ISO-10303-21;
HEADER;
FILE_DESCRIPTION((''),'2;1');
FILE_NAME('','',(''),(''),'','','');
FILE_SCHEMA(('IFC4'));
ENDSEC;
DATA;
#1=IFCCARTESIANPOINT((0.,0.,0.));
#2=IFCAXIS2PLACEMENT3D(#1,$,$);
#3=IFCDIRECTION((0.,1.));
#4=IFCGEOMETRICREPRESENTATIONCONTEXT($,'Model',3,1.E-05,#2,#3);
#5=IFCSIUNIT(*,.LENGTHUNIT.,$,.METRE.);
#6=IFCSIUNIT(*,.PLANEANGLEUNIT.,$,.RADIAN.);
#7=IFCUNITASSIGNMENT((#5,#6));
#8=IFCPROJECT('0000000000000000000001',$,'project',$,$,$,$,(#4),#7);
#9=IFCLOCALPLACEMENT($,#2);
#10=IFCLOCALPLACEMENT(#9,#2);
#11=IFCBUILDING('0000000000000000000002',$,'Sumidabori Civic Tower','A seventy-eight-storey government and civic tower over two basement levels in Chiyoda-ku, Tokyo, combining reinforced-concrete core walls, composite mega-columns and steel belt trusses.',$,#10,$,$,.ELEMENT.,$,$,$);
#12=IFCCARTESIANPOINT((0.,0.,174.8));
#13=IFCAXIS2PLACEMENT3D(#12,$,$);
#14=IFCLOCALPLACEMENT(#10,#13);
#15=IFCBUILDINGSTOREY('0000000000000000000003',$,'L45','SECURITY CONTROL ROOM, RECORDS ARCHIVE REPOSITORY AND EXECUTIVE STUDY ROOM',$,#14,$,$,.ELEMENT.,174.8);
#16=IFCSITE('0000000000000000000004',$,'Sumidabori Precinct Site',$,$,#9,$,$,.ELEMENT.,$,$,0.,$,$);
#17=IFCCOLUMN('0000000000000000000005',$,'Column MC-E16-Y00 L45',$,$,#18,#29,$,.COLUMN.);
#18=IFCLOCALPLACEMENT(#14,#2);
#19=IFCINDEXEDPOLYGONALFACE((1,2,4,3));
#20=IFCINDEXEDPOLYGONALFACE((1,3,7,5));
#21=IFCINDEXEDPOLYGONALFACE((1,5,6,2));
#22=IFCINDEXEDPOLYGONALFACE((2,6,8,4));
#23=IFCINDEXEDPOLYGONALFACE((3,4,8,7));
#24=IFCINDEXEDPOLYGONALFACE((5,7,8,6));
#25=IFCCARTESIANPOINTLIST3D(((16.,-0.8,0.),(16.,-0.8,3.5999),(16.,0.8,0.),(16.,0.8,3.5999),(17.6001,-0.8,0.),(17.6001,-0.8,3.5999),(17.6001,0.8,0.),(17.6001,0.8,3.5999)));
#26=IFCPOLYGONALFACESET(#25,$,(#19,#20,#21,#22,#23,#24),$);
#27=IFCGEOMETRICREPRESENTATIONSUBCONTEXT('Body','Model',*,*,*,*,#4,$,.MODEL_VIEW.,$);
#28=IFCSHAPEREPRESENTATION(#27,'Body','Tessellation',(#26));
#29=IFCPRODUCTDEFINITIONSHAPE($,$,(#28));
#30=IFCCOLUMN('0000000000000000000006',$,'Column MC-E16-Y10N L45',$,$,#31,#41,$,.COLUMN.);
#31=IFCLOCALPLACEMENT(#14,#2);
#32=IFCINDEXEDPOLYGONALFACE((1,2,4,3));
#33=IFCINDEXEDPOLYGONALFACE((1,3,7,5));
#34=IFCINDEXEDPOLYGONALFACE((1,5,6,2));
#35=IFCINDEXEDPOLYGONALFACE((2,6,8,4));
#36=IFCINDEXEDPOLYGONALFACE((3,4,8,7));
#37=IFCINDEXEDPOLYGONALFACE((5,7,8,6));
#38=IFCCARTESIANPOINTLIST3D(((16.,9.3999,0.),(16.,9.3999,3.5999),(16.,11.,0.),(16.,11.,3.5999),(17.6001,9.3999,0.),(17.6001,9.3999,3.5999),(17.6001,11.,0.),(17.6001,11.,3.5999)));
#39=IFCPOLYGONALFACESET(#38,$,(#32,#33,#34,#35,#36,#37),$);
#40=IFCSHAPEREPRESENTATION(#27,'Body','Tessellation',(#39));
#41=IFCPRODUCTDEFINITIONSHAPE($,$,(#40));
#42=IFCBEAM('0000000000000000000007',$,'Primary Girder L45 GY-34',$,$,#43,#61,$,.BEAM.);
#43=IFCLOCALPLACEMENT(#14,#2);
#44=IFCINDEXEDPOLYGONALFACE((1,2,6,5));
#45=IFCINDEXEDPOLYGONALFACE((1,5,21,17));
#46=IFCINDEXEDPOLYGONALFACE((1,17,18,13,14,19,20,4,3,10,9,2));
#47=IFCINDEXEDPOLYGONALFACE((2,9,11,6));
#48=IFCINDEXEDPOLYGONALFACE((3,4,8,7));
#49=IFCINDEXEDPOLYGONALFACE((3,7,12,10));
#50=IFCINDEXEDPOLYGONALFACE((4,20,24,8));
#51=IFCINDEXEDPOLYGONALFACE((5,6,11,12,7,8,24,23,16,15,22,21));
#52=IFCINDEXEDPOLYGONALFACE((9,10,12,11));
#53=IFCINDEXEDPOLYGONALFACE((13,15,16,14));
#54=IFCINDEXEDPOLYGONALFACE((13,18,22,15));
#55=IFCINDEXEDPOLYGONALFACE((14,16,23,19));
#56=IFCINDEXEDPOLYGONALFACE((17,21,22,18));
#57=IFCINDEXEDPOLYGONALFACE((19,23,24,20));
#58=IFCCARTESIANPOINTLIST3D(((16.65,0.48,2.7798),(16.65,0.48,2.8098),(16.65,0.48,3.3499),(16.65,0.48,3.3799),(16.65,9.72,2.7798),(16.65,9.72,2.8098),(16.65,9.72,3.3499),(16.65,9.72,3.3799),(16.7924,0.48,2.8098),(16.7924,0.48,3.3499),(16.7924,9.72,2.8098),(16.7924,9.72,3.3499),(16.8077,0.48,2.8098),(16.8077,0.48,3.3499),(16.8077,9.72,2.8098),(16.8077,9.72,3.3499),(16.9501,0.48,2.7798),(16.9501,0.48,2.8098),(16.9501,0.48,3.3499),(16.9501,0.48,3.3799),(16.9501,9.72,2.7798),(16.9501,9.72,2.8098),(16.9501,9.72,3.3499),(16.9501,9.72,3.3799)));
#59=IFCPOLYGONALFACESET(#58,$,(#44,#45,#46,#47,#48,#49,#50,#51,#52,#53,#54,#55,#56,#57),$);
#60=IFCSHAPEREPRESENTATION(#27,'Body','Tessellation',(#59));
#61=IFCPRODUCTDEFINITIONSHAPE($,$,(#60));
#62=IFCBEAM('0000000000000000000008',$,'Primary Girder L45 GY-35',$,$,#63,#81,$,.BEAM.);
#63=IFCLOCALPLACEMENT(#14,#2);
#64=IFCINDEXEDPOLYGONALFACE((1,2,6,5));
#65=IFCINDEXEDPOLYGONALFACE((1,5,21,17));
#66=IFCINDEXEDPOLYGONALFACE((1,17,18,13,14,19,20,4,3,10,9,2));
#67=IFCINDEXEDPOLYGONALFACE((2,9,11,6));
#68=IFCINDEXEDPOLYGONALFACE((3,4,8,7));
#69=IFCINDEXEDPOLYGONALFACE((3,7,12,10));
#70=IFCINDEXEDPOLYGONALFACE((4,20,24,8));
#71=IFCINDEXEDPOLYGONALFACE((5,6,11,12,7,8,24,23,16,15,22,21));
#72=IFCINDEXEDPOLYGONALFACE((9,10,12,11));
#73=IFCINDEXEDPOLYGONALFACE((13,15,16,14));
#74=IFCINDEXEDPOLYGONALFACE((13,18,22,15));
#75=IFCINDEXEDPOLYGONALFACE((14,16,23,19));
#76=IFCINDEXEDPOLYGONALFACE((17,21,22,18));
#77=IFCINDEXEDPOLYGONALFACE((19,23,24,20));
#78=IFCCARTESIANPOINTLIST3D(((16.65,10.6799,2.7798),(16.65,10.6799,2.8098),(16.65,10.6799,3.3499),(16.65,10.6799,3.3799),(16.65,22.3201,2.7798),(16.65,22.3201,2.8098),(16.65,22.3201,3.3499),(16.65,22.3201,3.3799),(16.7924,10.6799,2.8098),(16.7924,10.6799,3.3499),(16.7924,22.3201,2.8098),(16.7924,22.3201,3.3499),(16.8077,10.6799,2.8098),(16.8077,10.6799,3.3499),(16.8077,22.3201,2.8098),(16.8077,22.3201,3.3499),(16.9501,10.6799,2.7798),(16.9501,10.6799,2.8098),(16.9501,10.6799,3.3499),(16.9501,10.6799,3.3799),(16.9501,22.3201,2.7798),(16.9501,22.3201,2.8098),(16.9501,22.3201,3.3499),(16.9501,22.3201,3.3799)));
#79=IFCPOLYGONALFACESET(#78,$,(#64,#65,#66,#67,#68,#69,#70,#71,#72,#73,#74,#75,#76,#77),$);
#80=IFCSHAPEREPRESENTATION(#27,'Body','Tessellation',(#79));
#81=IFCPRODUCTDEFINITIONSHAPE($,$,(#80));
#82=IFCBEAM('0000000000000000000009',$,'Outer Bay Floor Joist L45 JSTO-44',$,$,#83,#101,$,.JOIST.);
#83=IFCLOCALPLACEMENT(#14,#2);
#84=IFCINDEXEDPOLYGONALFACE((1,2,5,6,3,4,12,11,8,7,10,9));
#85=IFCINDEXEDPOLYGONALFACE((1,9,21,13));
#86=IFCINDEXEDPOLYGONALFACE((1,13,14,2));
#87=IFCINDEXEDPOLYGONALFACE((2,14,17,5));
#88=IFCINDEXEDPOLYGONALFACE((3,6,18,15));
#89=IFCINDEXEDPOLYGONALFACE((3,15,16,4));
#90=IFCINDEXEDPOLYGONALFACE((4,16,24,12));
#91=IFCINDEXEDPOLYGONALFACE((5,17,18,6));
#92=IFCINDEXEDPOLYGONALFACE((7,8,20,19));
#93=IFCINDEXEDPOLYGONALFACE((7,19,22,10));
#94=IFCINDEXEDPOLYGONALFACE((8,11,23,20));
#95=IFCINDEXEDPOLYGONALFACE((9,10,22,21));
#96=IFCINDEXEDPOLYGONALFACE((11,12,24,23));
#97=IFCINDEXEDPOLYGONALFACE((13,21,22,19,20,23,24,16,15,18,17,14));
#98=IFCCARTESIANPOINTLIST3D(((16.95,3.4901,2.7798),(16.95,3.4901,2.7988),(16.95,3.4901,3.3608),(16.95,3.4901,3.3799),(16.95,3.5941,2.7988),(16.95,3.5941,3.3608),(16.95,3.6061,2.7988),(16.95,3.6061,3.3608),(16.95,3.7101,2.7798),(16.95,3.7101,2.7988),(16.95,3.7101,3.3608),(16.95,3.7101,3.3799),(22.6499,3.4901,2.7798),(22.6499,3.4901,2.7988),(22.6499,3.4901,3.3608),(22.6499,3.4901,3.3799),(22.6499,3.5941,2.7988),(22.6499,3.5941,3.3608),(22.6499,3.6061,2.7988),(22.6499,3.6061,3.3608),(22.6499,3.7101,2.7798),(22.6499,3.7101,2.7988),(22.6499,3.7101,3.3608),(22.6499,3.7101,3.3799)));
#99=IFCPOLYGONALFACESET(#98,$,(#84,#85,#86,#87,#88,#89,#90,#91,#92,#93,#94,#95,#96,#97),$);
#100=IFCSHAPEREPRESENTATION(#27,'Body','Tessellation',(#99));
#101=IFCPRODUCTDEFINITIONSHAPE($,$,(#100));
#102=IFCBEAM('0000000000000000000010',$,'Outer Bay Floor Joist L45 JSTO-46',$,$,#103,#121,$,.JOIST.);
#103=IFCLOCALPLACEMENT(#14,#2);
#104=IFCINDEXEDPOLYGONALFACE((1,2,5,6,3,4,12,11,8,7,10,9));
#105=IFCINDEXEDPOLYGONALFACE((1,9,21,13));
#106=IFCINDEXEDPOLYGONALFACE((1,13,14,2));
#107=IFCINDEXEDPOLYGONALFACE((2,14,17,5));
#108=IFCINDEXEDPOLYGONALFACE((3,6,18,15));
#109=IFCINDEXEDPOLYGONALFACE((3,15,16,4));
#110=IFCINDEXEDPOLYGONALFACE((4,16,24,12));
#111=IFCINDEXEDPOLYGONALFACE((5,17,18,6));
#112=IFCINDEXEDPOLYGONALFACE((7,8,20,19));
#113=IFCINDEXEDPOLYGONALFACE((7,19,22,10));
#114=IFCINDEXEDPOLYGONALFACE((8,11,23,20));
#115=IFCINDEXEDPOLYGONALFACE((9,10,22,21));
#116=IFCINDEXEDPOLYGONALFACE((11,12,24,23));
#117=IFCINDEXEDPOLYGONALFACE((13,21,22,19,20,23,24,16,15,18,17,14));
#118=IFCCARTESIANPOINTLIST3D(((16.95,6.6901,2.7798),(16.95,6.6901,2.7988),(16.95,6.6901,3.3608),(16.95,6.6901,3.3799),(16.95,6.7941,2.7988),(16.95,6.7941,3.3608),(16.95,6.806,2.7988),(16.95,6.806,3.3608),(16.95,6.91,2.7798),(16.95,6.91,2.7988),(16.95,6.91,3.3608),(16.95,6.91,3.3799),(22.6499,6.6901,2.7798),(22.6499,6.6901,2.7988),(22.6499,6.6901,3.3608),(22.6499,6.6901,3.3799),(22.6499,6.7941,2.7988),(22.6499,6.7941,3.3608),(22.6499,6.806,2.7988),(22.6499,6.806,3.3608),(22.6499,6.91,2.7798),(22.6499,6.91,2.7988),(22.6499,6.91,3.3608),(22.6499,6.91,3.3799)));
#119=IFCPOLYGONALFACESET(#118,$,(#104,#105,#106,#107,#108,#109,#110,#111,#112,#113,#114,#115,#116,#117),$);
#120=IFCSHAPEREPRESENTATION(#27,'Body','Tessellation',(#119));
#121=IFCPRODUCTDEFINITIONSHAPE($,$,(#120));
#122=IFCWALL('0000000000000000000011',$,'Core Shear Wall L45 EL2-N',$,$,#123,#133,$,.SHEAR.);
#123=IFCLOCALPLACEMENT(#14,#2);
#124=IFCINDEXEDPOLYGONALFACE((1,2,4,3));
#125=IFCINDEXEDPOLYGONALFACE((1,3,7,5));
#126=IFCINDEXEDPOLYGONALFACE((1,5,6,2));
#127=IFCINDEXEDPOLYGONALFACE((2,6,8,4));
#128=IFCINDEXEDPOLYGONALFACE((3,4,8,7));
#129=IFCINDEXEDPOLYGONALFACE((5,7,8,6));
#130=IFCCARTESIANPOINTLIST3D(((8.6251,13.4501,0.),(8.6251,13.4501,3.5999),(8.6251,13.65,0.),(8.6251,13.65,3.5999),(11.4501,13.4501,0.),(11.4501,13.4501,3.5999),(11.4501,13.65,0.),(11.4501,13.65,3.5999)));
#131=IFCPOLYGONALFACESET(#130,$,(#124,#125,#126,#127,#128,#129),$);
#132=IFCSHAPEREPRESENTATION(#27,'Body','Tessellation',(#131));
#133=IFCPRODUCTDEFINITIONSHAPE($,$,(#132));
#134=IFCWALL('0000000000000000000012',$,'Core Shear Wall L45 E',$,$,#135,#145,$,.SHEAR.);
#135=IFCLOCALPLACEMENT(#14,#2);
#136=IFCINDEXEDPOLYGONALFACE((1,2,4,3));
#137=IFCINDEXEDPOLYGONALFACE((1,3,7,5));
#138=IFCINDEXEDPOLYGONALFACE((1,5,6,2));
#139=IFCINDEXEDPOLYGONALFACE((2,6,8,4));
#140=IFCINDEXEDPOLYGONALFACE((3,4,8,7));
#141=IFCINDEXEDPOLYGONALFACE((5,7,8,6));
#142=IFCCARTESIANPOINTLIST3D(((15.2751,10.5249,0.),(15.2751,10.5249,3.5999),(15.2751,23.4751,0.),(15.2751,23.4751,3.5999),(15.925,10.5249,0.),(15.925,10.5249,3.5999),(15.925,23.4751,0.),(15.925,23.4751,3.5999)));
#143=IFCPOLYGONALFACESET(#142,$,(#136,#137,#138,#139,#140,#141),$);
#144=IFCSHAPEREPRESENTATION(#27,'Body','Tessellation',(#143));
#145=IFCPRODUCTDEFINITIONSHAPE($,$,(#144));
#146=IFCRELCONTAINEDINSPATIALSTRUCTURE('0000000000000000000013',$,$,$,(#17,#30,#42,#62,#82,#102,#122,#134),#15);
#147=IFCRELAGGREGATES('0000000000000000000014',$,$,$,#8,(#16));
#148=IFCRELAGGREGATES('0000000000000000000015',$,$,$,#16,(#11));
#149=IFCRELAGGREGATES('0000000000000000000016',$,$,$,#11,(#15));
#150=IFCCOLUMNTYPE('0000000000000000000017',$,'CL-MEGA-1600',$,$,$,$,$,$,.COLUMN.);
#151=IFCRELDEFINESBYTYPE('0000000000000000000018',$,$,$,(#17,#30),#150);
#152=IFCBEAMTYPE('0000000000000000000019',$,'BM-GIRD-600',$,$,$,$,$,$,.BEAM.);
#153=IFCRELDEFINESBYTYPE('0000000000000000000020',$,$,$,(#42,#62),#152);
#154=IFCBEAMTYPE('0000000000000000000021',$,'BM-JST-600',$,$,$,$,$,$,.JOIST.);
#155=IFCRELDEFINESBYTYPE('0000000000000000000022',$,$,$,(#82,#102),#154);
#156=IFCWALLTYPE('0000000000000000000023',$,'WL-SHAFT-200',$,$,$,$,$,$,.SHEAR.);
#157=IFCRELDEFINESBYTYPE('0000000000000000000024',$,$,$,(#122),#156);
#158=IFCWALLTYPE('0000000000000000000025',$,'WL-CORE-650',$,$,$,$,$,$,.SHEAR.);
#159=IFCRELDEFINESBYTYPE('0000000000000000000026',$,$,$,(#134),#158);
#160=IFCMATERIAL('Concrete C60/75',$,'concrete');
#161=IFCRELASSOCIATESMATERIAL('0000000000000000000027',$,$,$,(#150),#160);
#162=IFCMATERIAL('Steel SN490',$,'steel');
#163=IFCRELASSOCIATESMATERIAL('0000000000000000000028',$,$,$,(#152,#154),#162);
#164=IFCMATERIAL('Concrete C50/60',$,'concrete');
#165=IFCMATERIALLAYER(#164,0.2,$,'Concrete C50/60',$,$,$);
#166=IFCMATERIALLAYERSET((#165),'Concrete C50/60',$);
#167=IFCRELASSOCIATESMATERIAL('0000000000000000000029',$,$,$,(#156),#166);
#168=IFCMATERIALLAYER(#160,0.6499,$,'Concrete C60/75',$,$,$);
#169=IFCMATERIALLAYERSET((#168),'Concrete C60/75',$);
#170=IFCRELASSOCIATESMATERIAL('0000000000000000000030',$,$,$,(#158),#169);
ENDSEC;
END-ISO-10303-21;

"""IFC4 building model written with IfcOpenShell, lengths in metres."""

from ifc_helpers import new_model, si_unit, direction, frame, frame_2d, origin, origin_2d, place, context, subcontext, project, spatial, rectangle, i_section, extrude, source, transform, mapped, material, layer, layer_set, material_profile, profile_set, type_object, element, save


model = new_model("IFC4")

# Units and contexts
model_context = context("Model", 3, precision=1e-05, world=origin(), true_north=direction((0.0, 1.0)))
body_context = subcontext(model_context, "Body", "Model", "MODEL_VIEW")
ifc_project = project(units=[si_unit("LENGTHUNIT", "METRE"), si_unit("PLANEANGLEUNIT", "RADIAN")], contexts=[model_context])

# Site, building, storey
site_placement = place(None, origin())
site = spatial("IfcSite", under=ifc_project, at=site_placement, Name="Sumidabori Precinct Site", CompositionType="ELEMENT", RefElevation=0.0)
building_placement = place(site_placement, origin())
building = spatial("IfcBuilding", under=site, at=building_placement, Name="Sumidabori Civic Tower", Description="A seventy-eight-storey government and civic tower over two basement levels in Chiyoda-ku, Tokyo, combining reinforced-concrete core walls, composite mega-columns and steel belt trusses.", CompositionType="ELEMENT")
storey_placement = place(building_placement, frame((0.0, 0.0, 174.8)))
storey = spatial("IfcBuildingStorey", under=building, at=storey_placement, Name="L45", Description="SECURITY CONTROL ROOM, RECORDS ARCHIVE REPOSITORY AND EXECUTIVE STUDY ROOM", CompositionType="ELEMENT", Elevation=174.8)

# Columns
ifc_material_1 = material(Name="Concrete C60/75", Category="concrete")
ifc_material_profile_1 = material_profile(ifc_material_1, rectangle(XDim=1.6001, YDim=1.6001, at=origin_2d()), Name="RC 1600x1600")
ifc_profile_set_1 = profile_set([ifc_material_profile_1], Name="Concrete C60/75")
column_type = type_object("IfcColumnType", Name="CL-MEGA-1600", PredefinedType="COLUMN", material=ifc_profile_set_1)
shared_shape_1 = source(origin(), body_context, "Body", "SweptSolid", [
    extrude(rectangle(XDim=1.6001, YDim=1.6001, at=origin_2d()), origin(), (0.0, 0.0, 1.0), 3.5999),
])
for number, where, z_axis, x_axis, name in (
    (1, (16.8, 0.0, 0.0), (0.0, 0.0, 1.0), (1.0, 0.0, 0.0), "Column MC-E16-Y00 L45"),
    (2, (16.8, 10.2, 0.0), (0.0, 0.0, 1.0), (1.0, 0.0, 0.0), "Column MC-E16-Y10N L45"),
):
    element("IfcColumn", number, at=place(storey_placement, frame(where, z_axis=z_axis, x_axis=x_axis)), inside=storey, type_object=column_type, Name=name, PredefinedType="COLUMN", context=body_context, shape_type="MappedRepresentation", body=[
        mapped(shared_shape_1, transform((0.0, 0.0, 0.0), x_axis=(1.0, 0.0, 0.0), y_axis=(0.0, 1.0, 0.0), z_axis=(0.0, 0.0, 1.0), scale=1.0)),
    ])

# Beams
ifc_material_2 = material(Name="Steel SN490", Category="steel")
ifc_material_profile_2 = material_profile(ifc_material_2, i_section(OverallWidth=0.3, OverallDepth=0.6001, WebThickness=0.0154, FlangeThickness=0.03, at=origin_2d()), Name="HE 600 B")
ifc_profile_set_2 = profile_set([ifc_material_profile_2], Name="Steel SN490")
beam_type_1 = type_object("IfcBeamType", Name="BM-GIRD-600", PredefinedType="BEAM", material=ifc_profile_set_2)
shared_shape_2 = source(origin(), body_context, "Body", "SweptSolid", [
    extrude(i_section(OverallWidth=0.3, OverallDepth=0.6001, WebThickness=0.0154, FlangeThickness=0.03, at=origin_2d()), origin(), (0.0, 0.0, 1.0), 9.24),
])
beam_1_placement = place(storey_placement, frame((16.8, 0.48, 3.0798), z_axis=(0.0, 1.0, 0.0), x_axis=(-1.0, 0.0, 0.0)))
element("IfcBeam", 3, at=beam_1_placement, inside=storey, type_object=beam_type_1, Name="Primary Girder L45 GY-34", PredefinedType="BEAM", context=body_context, shape_type="MappedRepresentation", body=[
    mapped(shared_shape_2, transform((0.0, 0.0, 0.0), x_axis=(1.0, 0.0, 0.0), y_axis=(0.0, 1.0, 0.0), z_axis=(0.0, 0.0, 1.0), scale=1.0)),
])
shared_shape_3 = source(origin(), body_context, "Body", "SweptSolid", [
    extrude(i_section(OverallWidth=0.3, OverallDepth=0.6001, WebThickness=0.0154, FlangeThickness=0.03, at=origin_2d()), origin(), (0.0, 0.0, 1.0), 11.6401),
])
beam_2_placement = place(storey_placement, frame((16.8, 10.6799, 3.0798), z_axis=(0.0, 1.0, 0.0), x_axis=(-1.0, 0.0, 0.0)))
element("IfcBeam", 4, at=beam_2_placement, inside=storey, type_object=beam_type_1, Name="Primary Girder L45 GY-35", PredefinedType="BEAM", context=body_context, shape_type="MappedRepresentation", body=[
    mapped(shared_shape_3, transform((0.0, 0.0, 0.0), x_axis=(1.0, 0.0, 0.0), y_axis=(0.0, 1.0, 0.0), z_axis=(0.0, 0.0, 1.0), scale=1.0)),
])
ifc_material_profile_3 = material_profile(ifc_material_2, i_section(OverallWidth=0.22, OverallDepth=0.6001, WebThickness=0.012, FlangeThickness=0.019, at=origin_2d()), Name="IPE 600")
ifc_profile_set_3 = profile_set([ifc_material_profile_3], Name="Steel SN490")
beam_type_2 = type_object("IfcBeamType", Name="BM-JST-600", PredefinedType="JOIST", material=ifc_profile_set_3)
shared_shape_4 = source(origin(), body_context, "Body", "SweptSolid", [
    extrude(i_section(OverallWidth=0.22, OverallDepth=0.6001, WebThickness=0.012, FlangeThickness=0.019, at=origin_2d()), origin(), (0.0, 0.0, 1.0), 5.7),
])
for number, where, z_axis, x_axis, name in (
    (5, (16.95, 3.6001, 3.0798), (1.0, 0.0, 0.0), (0.0, 1.0, 0.0), "Outer Bay Floor Joist L45 JSTO-44"),
    (6, (16.95, 6.8, 3.0798), (1.0, 0.0, 0.0), (0.0, 1.0, 0.0), "Outer Bay Floor Joist L45 JSTO-46"),
):
    element("IfcBeam", number, at=place(storey_placement, frame(where, z_axis=z_axis, x_axis=x_axis)), inside=storey, type_object=beam_type_2, Name=name, PredefinedType="JOIST", context=body_context, shape_type="MappedRepresentation", body=[
        mapped(shared_shape_4, transform((0.0, 0.0, 0.0), x_axis=(1.0, 0.0, 0.0), y_axis=(0.0, 1.0, 0.0), z_axis=(0.0, 0.0, 1.0), scale=1.0)),
    ])

# Walls
ifc_material_3 = material(Name="Concrete C50/60", Category="concrete")
ifc_layer_1 = layer(ifc_material_3, 0.2, Name="Concrete C50/60")
ifc_layer_set_1 = layer_set([ifc_layer_1], Name="Concrete C50/60")
wall_type_1 = type_object("IfcWallType", Name="WL-SHAFT-200", PredefinedType="SHEAR", material=ifc_layer_set_1)
shared_shape_5 = source(origin(), body_context, "Body", "SweptSolid", [
    extrude(rectangle(XDim=2.825, YDim=0.2, at=frame_2d((1.4126, 0.0))), origin(), (0.0, 0.0, 1.0), 3.5999),
])
wall_1_placement = place(storey_placement, frame((8.625, 13.55, 0.0), z_axis=(0.0, 0.0, 1.0), x_axis=(1.0, 0.0, 0.0)))
element("IfcWall", 7, at=wall_1_placement, inside=storey, type_object=wall_type_1, Name="Core Shear Wall L45 EL2-N", PredefinedType="SHEAR", context=body_context, shape_type="MappedRepresentation", body=[
    mapped(shared_shape_5, transform((0.0, 0.0, 0.0), x_axis=(1.0, 0.0, 0.0), y_axis=(0.0, 1.0, 0.0), z_axis=(0.0, 0.0, 1.0), scale=1.0)),
])
ifc_layer_2 = layer(ifc_material_1, 0.6499, Name="Concrete C60/75")
ifc_layer_set_2 = layer_set([ifc_layer_2], Name="Concrete C60/75")
wall_type_2 = type_object("IfcWallType", Name="WL-CORE-650", PredefinedType="SHEAR", material=ifc_layer_set_2)
shared_shape_6 = source(origin(), body_context, "Body", "SweptSolid", [
    extrude(rectangle(XDim=12.9502, YDim=0.6499, at=frame_2d((6.4751, 0.0))), origin(), (0.0, 0.0, 1.0), 3.5999),
])
wall_2_placement = place(storey_placement, frame((15.6001, 10.5249, 0.0), z_axis=(0.0, 0.0, 1.0), x_axis=(0.0, 1.0, 0.0)))
element("IfcWall", 8, at=wall_2_placement, inside=storey, type_object=wall_type_2, Name="Core Shear Wall L45 E", PredefinedType="SHEAR", context=body_context, shape_type="MappedRepresentation", body=[
    mapped(shared_shape_6, transform((0.0, 0.0, 0.0), x_axis=(1.0, 0.0, 0.0), y_axis=(0.0, 1.0, 0.0), z_axis=(0.0, 0.0, 1.0), scale=1.0)),
])

save(model, "model.ifc")
